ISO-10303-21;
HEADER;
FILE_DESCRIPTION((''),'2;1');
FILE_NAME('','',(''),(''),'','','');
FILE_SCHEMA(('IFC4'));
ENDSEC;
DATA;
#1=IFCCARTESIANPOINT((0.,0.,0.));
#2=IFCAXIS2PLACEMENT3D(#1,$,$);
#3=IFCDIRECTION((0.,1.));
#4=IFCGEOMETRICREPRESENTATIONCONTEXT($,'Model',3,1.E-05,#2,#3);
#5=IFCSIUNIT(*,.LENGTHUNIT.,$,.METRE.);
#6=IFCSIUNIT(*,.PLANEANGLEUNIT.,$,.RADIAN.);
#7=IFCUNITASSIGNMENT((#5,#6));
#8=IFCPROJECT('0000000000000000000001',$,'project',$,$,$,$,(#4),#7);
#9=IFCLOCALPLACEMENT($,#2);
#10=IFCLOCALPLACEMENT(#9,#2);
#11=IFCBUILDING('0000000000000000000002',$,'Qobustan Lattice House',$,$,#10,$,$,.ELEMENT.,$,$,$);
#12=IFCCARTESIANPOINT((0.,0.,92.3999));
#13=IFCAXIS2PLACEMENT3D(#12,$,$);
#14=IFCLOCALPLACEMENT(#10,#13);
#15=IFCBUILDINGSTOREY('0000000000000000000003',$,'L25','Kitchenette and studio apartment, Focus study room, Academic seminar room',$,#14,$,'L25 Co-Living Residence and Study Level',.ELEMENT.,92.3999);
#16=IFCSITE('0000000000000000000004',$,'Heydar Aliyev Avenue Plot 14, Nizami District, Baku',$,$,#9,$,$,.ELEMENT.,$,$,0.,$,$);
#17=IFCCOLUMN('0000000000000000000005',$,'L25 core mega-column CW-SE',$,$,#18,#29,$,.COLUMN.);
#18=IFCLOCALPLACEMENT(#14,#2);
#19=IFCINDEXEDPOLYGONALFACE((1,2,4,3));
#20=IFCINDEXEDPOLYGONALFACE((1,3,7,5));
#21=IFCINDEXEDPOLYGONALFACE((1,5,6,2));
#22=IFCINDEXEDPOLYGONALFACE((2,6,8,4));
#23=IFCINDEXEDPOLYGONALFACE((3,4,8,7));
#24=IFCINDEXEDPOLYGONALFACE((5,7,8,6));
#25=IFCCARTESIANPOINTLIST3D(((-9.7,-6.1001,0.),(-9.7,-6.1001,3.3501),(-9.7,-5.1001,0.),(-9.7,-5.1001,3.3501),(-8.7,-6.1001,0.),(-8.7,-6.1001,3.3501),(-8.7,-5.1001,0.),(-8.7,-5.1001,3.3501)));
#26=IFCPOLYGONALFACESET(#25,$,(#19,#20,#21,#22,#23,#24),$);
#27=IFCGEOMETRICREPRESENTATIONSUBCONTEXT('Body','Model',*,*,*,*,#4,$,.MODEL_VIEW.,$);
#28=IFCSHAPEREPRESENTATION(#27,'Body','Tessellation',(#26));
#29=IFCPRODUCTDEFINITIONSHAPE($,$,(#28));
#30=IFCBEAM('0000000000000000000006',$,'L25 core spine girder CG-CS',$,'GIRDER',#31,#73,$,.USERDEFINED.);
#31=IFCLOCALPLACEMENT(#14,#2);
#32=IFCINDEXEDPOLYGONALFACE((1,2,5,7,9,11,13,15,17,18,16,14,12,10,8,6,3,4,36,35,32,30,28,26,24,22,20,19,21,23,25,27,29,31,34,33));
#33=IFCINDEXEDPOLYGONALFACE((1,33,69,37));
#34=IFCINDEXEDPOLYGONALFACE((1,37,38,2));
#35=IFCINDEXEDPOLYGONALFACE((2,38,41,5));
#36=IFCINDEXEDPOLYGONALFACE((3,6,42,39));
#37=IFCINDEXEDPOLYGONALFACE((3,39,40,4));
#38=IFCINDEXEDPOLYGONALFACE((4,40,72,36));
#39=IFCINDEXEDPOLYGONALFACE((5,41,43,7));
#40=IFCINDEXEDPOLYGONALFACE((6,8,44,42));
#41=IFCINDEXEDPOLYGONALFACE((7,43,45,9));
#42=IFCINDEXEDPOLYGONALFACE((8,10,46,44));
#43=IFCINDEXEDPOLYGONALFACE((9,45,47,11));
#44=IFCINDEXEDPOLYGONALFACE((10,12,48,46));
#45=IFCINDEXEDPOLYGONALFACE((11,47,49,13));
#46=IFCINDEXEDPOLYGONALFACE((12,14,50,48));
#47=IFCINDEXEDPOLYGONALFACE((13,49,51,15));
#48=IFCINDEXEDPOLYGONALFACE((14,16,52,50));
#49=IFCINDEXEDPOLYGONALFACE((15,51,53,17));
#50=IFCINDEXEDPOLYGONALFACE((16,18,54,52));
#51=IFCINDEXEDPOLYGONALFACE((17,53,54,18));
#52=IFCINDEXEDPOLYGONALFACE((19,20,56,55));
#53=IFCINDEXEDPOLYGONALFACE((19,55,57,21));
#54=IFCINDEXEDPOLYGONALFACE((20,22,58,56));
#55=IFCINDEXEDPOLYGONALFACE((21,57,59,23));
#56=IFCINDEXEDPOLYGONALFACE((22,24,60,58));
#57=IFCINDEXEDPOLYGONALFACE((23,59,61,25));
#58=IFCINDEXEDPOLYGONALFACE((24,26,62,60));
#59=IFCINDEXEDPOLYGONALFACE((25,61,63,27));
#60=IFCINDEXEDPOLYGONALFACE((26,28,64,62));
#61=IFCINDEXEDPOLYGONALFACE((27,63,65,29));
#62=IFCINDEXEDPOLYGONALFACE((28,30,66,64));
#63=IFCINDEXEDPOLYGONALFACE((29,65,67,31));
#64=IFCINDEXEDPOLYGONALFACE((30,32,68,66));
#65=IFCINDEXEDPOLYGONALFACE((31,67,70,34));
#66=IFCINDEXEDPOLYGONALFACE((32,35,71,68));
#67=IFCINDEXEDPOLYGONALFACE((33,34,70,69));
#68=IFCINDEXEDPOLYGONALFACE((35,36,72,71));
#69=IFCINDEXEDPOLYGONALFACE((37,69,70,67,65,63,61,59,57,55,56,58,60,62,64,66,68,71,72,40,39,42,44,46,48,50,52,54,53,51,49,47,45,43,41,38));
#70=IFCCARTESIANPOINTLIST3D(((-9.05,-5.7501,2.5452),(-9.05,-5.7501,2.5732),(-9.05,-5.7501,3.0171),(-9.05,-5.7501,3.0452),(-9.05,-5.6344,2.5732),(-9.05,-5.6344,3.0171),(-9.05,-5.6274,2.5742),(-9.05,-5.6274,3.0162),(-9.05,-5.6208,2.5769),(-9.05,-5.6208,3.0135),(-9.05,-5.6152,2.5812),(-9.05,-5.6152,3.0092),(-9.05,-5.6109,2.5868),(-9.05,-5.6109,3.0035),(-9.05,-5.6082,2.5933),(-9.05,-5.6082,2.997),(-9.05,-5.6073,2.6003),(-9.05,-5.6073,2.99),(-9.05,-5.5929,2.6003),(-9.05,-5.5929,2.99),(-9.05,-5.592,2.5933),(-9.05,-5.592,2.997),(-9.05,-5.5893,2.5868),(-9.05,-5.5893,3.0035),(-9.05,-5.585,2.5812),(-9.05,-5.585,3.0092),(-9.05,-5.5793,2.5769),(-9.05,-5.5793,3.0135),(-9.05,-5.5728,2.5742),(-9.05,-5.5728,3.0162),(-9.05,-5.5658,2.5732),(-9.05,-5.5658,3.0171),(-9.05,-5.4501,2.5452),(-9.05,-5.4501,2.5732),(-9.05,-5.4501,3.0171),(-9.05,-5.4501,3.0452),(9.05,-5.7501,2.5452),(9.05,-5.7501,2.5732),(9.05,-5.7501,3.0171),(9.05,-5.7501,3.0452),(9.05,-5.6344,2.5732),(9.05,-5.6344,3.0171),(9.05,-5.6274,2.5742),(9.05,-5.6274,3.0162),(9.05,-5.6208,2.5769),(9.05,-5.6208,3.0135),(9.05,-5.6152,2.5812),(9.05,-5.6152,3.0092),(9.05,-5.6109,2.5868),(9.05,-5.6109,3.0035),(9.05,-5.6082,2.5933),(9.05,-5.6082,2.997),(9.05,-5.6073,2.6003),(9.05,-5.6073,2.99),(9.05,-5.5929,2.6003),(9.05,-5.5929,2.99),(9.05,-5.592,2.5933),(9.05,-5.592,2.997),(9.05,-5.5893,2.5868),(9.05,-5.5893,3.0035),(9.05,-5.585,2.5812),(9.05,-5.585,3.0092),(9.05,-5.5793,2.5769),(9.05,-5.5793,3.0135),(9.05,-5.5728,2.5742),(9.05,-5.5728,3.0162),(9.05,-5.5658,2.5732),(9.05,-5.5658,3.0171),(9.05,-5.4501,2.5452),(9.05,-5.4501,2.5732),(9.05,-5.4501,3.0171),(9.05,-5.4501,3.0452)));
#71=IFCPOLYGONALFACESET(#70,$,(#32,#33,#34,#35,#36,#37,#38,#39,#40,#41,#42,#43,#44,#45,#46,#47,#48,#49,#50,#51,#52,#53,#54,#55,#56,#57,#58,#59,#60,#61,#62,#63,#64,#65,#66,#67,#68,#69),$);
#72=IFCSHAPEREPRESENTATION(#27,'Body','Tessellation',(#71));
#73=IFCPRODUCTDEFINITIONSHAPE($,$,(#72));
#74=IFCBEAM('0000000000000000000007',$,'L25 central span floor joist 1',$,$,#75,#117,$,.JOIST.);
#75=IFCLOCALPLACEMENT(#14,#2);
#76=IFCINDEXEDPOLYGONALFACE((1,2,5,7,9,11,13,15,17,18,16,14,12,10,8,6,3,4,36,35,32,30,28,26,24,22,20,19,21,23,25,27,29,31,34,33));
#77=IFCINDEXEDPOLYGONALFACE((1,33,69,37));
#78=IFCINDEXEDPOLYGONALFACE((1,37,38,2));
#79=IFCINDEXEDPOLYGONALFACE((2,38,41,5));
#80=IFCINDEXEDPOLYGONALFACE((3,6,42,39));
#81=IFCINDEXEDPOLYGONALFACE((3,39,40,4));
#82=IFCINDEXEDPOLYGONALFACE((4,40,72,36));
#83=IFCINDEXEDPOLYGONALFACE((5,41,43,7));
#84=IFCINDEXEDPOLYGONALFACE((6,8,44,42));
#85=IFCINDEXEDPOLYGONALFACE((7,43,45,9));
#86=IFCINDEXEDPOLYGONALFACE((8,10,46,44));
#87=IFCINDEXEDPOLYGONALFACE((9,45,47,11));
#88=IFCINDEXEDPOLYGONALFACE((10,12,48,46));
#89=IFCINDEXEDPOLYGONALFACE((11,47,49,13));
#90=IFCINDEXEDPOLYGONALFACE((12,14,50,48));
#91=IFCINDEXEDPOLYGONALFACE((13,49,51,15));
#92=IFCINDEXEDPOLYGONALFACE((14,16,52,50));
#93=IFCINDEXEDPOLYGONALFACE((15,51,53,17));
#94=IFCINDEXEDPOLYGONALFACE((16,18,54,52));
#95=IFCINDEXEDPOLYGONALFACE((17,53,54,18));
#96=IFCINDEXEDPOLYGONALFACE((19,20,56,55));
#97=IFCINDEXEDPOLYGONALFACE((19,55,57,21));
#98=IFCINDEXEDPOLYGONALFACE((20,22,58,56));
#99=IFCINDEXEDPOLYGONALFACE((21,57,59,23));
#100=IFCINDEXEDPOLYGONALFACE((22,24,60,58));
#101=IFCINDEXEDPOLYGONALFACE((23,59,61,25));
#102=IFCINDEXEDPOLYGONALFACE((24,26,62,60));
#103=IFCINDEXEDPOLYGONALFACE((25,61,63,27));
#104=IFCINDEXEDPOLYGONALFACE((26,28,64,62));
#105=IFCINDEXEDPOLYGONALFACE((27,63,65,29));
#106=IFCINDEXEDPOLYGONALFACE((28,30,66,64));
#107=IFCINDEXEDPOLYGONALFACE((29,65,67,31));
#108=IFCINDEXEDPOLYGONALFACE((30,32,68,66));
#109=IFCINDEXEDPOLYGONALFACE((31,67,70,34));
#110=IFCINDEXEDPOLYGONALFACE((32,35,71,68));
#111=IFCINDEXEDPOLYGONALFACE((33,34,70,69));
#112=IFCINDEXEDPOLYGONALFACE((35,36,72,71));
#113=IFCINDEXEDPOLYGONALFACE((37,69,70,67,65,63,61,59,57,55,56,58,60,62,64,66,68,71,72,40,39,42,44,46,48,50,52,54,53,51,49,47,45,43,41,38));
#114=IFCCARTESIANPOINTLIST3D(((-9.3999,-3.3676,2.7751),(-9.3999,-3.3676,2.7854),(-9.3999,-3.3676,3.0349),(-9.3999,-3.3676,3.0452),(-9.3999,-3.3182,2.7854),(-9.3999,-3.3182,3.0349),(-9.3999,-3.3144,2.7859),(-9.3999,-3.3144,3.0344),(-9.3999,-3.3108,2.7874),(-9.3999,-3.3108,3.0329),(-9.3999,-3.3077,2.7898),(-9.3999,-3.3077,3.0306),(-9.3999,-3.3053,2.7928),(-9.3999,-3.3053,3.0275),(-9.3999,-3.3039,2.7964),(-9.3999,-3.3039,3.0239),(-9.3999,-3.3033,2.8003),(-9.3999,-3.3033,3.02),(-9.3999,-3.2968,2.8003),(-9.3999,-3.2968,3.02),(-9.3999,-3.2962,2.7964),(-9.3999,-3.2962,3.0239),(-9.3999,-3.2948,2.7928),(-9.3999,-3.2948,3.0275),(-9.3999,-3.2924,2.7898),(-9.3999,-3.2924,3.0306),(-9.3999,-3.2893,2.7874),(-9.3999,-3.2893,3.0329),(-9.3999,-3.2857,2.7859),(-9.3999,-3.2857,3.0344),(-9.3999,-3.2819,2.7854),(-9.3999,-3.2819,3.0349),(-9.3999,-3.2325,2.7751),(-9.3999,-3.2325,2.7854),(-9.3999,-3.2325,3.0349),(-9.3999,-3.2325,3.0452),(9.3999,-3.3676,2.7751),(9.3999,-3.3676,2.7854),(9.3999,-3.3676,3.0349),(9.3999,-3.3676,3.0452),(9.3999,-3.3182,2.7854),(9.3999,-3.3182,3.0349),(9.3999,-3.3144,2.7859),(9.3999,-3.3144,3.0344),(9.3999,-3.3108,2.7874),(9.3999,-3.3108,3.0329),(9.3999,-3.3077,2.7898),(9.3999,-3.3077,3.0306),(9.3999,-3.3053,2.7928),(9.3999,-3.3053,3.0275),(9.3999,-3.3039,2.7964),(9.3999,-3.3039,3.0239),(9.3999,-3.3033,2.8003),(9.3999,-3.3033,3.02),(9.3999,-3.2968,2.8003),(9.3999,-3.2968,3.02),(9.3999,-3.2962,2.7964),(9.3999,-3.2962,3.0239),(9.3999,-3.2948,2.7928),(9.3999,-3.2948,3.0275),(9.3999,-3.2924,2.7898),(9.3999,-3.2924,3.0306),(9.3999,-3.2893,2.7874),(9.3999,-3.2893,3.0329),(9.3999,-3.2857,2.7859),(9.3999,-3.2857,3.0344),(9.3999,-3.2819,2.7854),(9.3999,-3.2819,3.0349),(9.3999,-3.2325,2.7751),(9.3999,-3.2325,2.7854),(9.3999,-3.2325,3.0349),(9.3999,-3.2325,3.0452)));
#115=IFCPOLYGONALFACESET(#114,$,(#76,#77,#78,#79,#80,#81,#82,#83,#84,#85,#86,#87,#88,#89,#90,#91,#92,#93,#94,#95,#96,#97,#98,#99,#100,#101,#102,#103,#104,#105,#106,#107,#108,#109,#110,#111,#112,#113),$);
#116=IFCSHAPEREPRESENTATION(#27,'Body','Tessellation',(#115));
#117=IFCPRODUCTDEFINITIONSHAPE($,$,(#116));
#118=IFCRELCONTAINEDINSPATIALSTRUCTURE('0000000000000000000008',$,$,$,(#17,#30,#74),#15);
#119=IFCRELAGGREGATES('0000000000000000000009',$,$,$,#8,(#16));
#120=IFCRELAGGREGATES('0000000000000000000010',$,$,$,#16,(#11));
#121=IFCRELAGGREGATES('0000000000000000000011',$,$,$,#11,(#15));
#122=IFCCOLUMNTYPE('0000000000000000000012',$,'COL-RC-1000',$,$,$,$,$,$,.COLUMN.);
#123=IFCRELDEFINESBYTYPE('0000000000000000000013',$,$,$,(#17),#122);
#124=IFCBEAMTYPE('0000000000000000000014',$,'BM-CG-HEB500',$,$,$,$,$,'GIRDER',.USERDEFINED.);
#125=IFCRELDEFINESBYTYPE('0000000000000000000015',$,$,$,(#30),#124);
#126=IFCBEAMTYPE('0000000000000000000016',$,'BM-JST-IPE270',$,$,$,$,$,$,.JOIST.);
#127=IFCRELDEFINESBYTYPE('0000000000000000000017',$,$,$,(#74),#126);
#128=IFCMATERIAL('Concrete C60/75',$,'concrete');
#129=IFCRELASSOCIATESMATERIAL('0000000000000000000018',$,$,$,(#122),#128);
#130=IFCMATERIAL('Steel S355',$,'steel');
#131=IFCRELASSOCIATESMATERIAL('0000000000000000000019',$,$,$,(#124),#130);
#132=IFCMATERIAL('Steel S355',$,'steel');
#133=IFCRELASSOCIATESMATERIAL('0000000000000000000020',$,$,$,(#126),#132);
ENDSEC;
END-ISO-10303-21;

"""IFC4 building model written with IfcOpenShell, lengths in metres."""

from ifc_helpers import new_model, si_unit, direction, frame, origin, origin_2d, place, context, subcontext, project, spatial, rectangle, i_section, extrude, material, material_profile, profile_set, type_object, element, save


model = new_model("IFC4")

# Units and contexts
model_context = context("Model", 3, precision=1e-05, world=origin(), true_north=direction((0.0, 1.0)))
body_context = subcontext(model_context, "Body", "Model", "MODEL_VIEW")
ifc_project = project(units=[si_unit("LENGTHUNIT", "METRE"), si_unit("PLANEANGLEUNIT", "RADIAN")], contexts=[model_context])

# Site, building, storey
site_placement = place(None, origin())
site = spatial("IfcSite", under=ifc_project, at=site_placement, Name="Heydar Aliyev Avenue Plot 14, Nizami District, Baku", CompositionType="ELEMENT", RefElevation=0.0)
building_placement = place(site_placement, origin())
building = spatial("IfcBuilding", under=site, at=building_placement, Name="Qobustan Lattice House", CompositionType="ELEMENT")
storey_placement = place(building_placement, frame((0.0, 0.0, 92.3999)))
storey = spatial("IfcBuildingStorey", under=building, at=storey_placement, Name="L25", Description="Kitchenette and studio apartment, Focus study room, Academic seminar room", LongName="L25 Co-Living Residence and Study Level", CompositionType="ELEMENT", Elevation=92.3999)

# Column
ifc_material_1 = material(Name="Concrete C60/75", Category="concrete")
ifc_material_profile_1 = material_profile(ifc_material_1, rectangle(XDim=1.0, YDim=1.0, at=origin_2d()), Name="RC1000x1000")
ifc_profile_set_1 = profile_set([ifc_material_profile_1], Name="Concrete C60/75")
column_type = type_object("IfcColumnType", Name="COL-RC-1000", PredefinedType="COLUMN", material=ifc_profile_set_1)
column_placement = place(storey_placement, frame((-9.2, -5.6001, 0.0), z_axis=(0.0, 0.0, 1.0), x_axis=(1.0, 0.0, 0.0)))
element("IfcColumn", 1, at=column_placement, inside=storey, type_object=column_type, Name="L25 core mega-column CW-SE", PredefinedType="COLUMN", context=body_context, shape_type="SweptSolid", body=[
    extrude(rectangle(XDim=1.0, YDim=1.0, at=origin_2d()), origin(), (0.0, 0.0, 1.0), 3.3501),
])

# Beams
ifc_material_2 = material(Name="Steel S355", Category="steel")
ifc_material_profile_2 = material_profile(ifc_material_2, i_section(OverallWidth=0.3, OverallDepth=0.5, WebThickness=0.0144, FlangeThickness=0.0281, FilletRadius=0.0271, at=origin_2d()), Name="HEB500")
ifc_profile_set_2 = profile_set([ifc_material_profile_2], Name="Steel S355")
beam_type_1 = type_object("IfcBeamType", Name="BM-CG-HEB500", ElementType="GIRDER", PredefinedType="USERDEFINED", material=ifc_profile_set_2)
beam_1_placement = place(storey_placement, frame((-9.05, -5.6001, 2.7952), z_axis=(1.0, 0.0, 0.0), x_axis=(0.0, 1.0, 0.0)))
element("IfcBeam", 2, at=beam_1_placement, inside=storey, type_object=beam_type_1, Name="L25 core spine girder CG-CS", ObjectType="GIRDER", PredefinedType="USERDEFINED", context=body_context, shape_type="SweptSolid", body=[
    extrude(i_section(OverallWidth=0.3, OverallDepth=0.5, WebThickness=0.0144, FlangeThickness=0.0281, FilletRadius=0.0271, at=origin_2d()), origin(), (0.0, 0.0, 1.0), 18.1001),
])
ifc_material_3 = material(Name="Steel S355", Category="steel")
ifc_material_profile_3 = material_profile(ifc_material_3, i_section(OverallWidth=0.135, OverallDepth=0.27, WebThickness=0.0066, FlangeThickness=0.0103, FilletRadius=0.0149, at=origin_2d()), Name="IPE270")
ifc_profile_set_3 = profile_set([ifc_material_profile_3], Name="Steel S355")
beam_type_2 = type_object("IfcBeamType", Name="BM-JST-IPE270", PredefinedType="JOIST", material=ifc_profile_set_3)
beam_2_placement = place(storey_placement, frame((-9.3999, -3.3, 2.9102), z_axis=(1.0, 0.0, 0.0), x_axis=(0.0, 1.0, 0.0)))
element("IfcBeam", 3, at=beam_2_placement, inside=storey, type_object=beam_type_2, Name="L25 central span floor joist 1", PredefinedType="JOIST", context=body_context, shape_type="SweptSolid", body=[
    extrude(i_section(OverallWidth=0.135, OverallDepth=0.27, WebThickness=0.0066, FlangeThickness=0.0103, FilletRadius=0.0149, at=origin_2d()), origin(), (0.0, 0.0, 1.0), 18.7998),
])

save(model, "model.ifc")
